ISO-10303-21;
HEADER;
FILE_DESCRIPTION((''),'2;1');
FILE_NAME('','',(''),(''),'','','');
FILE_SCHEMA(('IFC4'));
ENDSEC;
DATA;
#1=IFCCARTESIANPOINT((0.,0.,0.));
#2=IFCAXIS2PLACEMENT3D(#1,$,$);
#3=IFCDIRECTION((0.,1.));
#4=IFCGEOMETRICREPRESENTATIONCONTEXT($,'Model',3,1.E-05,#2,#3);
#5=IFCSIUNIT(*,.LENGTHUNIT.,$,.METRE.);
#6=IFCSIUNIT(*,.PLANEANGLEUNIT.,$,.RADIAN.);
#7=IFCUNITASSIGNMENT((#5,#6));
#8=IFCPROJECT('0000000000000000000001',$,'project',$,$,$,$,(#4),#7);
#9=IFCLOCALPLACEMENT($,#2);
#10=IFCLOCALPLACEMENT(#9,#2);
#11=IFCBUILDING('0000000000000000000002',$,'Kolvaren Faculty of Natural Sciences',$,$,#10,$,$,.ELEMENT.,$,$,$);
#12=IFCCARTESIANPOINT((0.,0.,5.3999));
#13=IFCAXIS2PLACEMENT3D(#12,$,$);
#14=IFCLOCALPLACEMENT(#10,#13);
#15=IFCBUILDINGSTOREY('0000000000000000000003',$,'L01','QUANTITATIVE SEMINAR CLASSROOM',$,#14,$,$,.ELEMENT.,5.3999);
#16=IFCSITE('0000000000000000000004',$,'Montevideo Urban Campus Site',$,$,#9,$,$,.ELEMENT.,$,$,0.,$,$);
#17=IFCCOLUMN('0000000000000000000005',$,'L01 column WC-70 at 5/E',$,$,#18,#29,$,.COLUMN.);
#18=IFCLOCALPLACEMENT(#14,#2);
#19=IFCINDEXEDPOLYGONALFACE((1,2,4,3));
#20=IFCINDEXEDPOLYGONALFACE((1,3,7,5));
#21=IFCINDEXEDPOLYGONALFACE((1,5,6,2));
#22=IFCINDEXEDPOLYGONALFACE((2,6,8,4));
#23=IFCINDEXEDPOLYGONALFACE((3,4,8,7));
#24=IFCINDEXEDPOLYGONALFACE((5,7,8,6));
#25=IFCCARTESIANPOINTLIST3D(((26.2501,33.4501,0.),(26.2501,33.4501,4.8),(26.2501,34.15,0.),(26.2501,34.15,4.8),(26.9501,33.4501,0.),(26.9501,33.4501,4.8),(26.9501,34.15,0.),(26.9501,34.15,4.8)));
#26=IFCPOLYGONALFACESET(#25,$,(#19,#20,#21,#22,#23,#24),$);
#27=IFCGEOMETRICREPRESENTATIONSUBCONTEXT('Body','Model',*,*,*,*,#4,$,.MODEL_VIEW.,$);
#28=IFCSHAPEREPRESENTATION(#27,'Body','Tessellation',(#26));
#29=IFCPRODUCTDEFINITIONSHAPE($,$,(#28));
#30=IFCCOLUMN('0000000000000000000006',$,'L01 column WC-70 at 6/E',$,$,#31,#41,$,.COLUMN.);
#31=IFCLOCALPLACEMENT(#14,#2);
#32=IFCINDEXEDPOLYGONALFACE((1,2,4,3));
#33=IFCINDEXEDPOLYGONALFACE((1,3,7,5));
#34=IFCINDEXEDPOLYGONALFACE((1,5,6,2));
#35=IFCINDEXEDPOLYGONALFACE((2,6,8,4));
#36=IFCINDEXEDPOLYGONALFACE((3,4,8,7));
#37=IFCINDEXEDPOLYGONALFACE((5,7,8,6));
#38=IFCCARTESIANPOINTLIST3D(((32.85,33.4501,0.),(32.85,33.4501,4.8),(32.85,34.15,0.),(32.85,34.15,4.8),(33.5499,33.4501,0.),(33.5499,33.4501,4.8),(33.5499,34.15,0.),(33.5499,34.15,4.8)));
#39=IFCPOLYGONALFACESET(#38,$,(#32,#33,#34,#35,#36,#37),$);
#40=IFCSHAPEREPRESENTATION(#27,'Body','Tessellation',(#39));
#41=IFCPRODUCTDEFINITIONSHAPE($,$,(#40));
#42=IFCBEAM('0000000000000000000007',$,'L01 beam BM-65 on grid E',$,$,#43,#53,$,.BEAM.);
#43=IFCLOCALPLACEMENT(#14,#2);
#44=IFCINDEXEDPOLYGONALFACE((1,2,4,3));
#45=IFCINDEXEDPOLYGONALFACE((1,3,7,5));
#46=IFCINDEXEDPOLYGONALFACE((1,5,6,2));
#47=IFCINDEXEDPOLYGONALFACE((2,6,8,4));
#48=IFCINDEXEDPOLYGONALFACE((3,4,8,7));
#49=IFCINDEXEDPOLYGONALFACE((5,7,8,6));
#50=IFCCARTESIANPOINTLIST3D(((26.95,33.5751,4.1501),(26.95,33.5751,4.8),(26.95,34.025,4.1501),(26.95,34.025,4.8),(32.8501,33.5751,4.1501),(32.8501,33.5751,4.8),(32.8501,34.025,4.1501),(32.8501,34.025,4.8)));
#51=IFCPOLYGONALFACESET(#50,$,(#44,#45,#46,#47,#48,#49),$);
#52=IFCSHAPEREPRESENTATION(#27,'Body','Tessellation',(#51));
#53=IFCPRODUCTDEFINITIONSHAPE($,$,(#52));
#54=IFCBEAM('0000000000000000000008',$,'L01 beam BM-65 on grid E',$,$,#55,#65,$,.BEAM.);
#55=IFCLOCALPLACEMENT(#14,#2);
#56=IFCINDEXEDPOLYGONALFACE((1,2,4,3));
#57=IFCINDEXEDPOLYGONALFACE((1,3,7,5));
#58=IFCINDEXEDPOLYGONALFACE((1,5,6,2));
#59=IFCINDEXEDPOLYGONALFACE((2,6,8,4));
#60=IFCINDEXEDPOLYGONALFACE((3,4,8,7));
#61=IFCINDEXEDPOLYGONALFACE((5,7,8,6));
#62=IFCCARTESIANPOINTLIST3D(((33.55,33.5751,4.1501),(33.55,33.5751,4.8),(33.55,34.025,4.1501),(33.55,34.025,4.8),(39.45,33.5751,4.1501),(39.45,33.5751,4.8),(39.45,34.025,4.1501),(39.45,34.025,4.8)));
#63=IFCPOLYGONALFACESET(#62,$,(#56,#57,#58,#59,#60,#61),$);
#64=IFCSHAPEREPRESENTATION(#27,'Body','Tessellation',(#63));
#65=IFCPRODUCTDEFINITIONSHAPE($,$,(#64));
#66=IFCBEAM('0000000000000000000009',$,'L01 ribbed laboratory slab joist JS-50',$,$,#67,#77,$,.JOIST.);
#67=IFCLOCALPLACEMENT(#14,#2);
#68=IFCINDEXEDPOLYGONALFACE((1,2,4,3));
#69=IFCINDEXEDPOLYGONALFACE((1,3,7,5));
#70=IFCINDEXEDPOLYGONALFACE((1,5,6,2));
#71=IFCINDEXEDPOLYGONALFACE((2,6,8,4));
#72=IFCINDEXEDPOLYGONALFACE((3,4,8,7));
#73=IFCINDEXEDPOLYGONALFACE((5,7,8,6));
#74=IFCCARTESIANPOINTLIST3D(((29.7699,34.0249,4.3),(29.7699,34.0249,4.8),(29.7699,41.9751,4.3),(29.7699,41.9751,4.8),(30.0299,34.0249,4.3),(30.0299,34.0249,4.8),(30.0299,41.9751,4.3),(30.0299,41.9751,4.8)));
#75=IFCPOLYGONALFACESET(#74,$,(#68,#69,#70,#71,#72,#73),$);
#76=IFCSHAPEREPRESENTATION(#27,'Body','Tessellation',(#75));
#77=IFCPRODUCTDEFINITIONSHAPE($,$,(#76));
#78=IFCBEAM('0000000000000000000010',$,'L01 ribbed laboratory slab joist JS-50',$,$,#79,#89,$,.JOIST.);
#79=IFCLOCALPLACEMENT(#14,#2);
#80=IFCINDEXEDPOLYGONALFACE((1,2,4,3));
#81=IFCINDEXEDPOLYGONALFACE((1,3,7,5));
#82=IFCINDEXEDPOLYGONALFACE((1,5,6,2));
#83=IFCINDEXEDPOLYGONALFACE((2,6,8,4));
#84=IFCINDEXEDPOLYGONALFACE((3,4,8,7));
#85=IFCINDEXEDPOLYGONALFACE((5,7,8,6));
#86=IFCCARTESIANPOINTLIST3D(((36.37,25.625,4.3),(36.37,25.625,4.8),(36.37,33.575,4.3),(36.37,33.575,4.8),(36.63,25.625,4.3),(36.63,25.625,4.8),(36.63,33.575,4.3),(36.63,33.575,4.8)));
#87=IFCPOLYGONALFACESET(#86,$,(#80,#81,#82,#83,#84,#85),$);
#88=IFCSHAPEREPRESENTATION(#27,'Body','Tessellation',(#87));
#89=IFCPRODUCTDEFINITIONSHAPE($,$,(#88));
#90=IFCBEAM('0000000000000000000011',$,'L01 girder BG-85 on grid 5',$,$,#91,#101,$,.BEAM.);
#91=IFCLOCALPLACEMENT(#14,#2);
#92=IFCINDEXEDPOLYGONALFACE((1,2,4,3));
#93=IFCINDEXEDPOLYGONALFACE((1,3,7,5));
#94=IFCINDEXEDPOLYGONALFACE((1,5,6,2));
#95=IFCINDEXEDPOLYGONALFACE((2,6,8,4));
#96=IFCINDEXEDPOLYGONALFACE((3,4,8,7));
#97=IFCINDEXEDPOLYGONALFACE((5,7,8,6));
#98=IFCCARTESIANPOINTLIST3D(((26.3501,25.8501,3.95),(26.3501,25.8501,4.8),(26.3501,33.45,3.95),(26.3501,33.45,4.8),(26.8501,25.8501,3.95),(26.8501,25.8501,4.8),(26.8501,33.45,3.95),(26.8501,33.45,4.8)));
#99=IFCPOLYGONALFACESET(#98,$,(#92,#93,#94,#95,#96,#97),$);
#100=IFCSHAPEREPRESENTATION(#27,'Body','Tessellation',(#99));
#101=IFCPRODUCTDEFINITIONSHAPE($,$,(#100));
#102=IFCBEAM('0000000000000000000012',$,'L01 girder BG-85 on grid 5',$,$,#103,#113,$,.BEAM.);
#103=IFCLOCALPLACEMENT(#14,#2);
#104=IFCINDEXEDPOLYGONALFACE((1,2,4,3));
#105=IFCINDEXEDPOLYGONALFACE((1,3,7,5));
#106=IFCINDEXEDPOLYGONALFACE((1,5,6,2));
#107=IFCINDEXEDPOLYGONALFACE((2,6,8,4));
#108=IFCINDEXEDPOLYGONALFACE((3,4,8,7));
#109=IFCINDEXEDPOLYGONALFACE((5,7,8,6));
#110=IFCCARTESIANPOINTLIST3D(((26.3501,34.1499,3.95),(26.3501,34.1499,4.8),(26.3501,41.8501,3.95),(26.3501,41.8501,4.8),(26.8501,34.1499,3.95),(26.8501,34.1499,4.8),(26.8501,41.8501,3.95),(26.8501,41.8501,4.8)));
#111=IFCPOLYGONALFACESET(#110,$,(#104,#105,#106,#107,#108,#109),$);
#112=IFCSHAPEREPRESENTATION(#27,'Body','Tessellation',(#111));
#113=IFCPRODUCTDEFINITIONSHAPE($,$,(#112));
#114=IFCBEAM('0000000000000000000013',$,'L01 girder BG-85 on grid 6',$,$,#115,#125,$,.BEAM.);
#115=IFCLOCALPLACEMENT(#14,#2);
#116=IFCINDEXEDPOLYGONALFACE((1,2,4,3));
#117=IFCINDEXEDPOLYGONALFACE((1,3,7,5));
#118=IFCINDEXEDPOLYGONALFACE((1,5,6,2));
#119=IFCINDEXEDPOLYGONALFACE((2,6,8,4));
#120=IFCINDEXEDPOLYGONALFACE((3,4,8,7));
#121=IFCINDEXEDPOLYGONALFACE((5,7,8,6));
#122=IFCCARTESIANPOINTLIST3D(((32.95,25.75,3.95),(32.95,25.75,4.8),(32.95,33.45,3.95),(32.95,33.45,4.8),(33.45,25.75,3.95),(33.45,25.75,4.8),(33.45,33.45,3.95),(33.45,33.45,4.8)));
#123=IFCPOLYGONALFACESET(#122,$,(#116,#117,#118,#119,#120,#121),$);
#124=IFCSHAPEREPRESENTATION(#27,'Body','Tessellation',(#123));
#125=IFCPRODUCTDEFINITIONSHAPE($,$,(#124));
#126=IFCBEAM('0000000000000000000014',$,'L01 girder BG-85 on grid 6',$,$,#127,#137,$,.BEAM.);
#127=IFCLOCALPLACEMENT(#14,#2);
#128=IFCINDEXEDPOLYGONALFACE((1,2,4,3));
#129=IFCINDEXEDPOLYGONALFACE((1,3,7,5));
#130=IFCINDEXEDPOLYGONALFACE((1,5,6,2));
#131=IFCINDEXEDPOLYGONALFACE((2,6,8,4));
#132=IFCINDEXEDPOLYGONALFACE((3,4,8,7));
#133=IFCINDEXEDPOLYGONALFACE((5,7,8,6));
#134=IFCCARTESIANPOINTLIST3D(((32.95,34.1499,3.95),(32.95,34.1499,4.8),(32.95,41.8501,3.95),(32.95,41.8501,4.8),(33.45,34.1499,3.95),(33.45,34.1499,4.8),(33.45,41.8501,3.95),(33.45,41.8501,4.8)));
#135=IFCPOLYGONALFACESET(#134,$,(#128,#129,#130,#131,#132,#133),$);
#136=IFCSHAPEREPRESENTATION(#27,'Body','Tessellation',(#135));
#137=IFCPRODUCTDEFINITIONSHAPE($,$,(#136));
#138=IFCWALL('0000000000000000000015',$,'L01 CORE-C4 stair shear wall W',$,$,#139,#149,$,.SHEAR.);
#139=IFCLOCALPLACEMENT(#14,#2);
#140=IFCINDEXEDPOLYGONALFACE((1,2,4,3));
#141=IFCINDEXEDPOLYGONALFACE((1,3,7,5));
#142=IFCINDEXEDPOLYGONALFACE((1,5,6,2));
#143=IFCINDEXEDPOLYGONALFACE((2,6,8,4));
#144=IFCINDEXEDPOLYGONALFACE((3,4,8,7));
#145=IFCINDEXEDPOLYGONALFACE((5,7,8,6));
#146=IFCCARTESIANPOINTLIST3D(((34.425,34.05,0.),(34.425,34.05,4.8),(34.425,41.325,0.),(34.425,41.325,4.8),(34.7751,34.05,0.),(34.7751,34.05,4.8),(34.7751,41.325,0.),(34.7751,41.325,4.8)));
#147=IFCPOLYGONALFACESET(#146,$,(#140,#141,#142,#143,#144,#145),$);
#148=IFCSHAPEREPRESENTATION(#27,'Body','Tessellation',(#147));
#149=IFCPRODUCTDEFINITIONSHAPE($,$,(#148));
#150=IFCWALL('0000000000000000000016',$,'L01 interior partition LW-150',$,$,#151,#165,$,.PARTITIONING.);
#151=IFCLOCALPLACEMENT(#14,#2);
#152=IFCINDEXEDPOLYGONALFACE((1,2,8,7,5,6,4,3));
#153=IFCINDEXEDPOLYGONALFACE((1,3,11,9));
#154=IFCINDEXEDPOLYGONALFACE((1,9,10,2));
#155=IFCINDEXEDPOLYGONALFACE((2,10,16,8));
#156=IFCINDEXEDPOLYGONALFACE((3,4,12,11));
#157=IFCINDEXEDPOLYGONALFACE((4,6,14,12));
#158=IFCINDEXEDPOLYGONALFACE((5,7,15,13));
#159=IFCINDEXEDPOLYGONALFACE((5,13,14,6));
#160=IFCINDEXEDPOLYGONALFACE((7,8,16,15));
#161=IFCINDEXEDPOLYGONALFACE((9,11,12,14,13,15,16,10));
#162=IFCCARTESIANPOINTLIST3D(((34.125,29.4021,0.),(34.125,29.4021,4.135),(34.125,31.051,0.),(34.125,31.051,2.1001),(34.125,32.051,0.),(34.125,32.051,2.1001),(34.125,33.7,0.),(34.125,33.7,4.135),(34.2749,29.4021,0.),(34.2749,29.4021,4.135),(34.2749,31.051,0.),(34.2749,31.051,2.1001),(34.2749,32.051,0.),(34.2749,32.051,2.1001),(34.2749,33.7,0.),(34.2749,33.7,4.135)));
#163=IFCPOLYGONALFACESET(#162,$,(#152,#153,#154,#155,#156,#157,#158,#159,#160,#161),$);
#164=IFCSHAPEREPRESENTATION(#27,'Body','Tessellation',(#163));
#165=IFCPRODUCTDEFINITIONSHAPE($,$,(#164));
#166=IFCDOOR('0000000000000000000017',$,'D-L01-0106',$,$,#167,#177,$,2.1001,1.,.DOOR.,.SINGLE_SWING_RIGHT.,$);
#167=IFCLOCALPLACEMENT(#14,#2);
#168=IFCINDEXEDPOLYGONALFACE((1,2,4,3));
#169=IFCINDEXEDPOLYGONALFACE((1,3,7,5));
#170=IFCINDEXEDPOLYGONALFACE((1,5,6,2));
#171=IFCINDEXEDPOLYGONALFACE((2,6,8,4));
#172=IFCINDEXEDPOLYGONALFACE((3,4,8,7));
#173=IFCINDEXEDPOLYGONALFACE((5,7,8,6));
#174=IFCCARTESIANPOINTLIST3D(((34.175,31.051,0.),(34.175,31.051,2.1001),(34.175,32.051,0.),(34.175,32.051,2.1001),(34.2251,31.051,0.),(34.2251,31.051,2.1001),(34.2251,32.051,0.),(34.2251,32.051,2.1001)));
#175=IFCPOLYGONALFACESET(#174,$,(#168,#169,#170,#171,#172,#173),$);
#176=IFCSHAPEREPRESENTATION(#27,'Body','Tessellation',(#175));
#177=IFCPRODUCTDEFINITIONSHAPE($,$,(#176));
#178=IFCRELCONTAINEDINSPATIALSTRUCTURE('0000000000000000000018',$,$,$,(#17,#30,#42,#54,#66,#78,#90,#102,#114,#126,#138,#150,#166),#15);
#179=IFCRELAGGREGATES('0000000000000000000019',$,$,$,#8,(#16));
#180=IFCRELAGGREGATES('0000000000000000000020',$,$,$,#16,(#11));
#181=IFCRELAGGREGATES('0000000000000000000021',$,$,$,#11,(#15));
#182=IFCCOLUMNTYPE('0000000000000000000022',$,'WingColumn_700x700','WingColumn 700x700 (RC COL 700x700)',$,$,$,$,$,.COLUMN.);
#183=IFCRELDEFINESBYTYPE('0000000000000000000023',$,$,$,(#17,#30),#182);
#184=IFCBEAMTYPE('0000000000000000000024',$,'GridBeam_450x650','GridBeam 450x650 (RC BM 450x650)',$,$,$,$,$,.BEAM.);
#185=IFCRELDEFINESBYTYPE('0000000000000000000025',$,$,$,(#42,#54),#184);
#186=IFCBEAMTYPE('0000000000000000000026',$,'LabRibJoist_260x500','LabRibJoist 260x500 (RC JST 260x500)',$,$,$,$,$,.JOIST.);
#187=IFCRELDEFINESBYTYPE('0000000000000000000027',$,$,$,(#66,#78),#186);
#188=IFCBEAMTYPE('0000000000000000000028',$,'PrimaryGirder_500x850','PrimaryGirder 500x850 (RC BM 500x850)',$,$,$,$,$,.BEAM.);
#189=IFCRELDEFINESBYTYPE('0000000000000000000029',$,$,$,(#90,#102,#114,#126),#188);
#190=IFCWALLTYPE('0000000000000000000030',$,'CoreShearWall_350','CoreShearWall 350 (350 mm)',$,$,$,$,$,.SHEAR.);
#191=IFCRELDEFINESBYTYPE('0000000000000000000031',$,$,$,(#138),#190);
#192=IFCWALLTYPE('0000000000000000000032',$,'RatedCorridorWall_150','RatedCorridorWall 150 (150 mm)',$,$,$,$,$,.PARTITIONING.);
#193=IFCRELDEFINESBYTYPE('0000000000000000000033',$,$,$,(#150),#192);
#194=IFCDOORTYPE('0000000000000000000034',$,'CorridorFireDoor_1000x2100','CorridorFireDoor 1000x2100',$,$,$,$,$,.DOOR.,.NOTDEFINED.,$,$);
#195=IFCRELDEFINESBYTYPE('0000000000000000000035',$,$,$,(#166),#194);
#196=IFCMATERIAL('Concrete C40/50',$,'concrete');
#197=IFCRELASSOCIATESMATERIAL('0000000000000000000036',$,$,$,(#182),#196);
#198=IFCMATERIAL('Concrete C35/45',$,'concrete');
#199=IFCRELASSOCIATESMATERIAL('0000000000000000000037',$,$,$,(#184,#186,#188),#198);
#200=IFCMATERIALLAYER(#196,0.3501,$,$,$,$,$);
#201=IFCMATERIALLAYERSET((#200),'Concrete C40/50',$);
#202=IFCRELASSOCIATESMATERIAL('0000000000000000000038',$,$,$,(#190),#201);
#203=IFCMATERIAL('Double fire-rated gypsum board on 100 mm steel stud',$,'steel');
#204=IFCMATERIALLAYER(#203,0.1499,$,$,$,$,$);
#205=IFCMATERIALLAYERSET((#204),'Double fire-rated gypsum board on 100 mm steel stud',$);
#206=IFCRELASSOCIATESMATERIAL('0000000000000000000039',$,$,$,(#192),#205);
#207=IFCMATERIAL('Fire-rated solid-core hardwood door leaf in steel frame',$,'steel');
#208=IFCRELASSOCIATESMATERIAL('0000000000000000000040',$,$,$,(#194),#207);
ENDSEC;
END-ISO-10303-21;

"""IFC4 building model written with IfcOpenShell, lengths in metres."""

from ifc_helpers import new_model, si_unit, direction, frame, frame_2d, origin, origin_2d, place, context, subcontext, project, spatial, rectangle, extrude, material, layer, layer_set, material_profile, profile_set, type_object, element, fill, save


model = new_model("IFC4")

# Units and contexts
model_context = context("Model", 3, precision=1e-05, world=origin(), true_north=direction((0.0, 1.0)))
body_context = subcontext(model_context, "Body", "Model", "MODEL_VIEW")
ifc_project = project(units=[si_unit("LENGTHUNIT", "METRE"), si_unit("PLANEANGLEUNIT", "RADIAN")], contexts=[model_context])

# Site, building, storey
site_placement = place(None, origin())
site = spatial("IfcSite", under=ifc_project, at=site_placement, Name="Montevideo Urban Campus Site", CompositionType="ELEMENT", RefElevation=0.0)
building_placement = place(site_placement, origin())
building = spatial("IfcBuilding", under=site, at=building_placement, Name="Kolvaren Faculty of Natural Sciences", CompositionType="ELEMENT")
storey_placement = place(building_placement, frame((0.0, 0.0, 5.3999)))
storey = spatial("IfcBuildingStorey", under=building, at=storey_placement, Name="L01", Description="QUANTITATIVE SEMINAR CLASSROOM", CompositionType="ELEMENT", Elevation=5.3999)

# Columns
ifc_material_1 = material(Name="Concrete C40/50", Category="concrete")
ifc_material_profile_1 = material_profile(ifc_material_1, rectangle(XDim=0.7, YDim=0.7, at=origin_2d()), Name="RC COL 700x700")
ifc_profile_set_1 = profile_set([ifc_material_profile_1], Name="Concrete C40/50")
column_type = type_object("IfcColumnType", Name="WingColumn_700x700", Description="WingColumn 700x700 (RC COL 700x700)", PredefinedType="COLUMN", material=ifc_profile_set_1)
for number, where, z_axis, x_axis, name in (
    (1, (26.6001, 33.8, 0.0), (0.0, 0.0, 1.0), (1.0, 0.0, 0.0), "L01 column WC-70 at 5/E"),
    (2, (33.2, 33.8, 0.0), (0.0, 0.0, 1.0), (1.0, 0.0, 0.0), "L01 column WC-70 at 6/E"),
):
    element("IfcColumn", number, at=place(storey_placement, frame(where, z_axis=z_axis, x_axis=x_axis)), inside=storey, type_object=column_type, Name=name, PredefinedType="COLUMN", context=body_context, shape_type="SweptSolid", body=[
        extrude(rectangle(XDim=0.7, YDim=0.7, at=origin_2d()), origin(), (0.0, 0.0, 1.0), 4.8),
    ])

# Beams
ifc_material_2 = material(Name="Concrete C35/45", Category="concrete")
ifc_material_profile_2 = material_profile(ifc_material_2, rectangle(XDim=0.45, YDim=0.6499, at=origin_2d()), Name="RC BM 450x650")
ifc_profile_set_2 = profile_set([ifc_material_profile_2], Name="Concrete C35/45")
beam_type_1 = type_object("IfcBeamType", Name="GridBeam_450x650", Description="GridBeam 450x650 (RC BM 450x650)", PredefinedType="BEAM", material=ifc_profile_set_2)
beam_1_placement = place(storey_placement, frame((26.95, 33.8, 4.4751), z_axis=(1.0, 0.0, 0.0), x_axis=(0.0, 1.0, 0.0)))
element("IfcBeam", 3, at=beam_1_placement, inside=storey, type_object=beam_type_1, Name="L01 beam BM-65 on grid E", PredefinedType="BEAM", context=body_context, shape_type="SweptSolid", body=[
    extrude(rectangle(XDim=0.45, YDim=0.6499, at=origin_2d()), origin(), (0.0, 0.0, 1.0), 5.9001),
])
beam_2_placement = place(storey_placement, frame((33.55, 33.8, 4.4751), z_axis=(1.0, 0.0, 0.0), x_axis=(0.0, 1.0, 0.0)))
element("IfcBeam", 4, at=beam_2_placement, inside=storey, type_object=beam_type_1, Name="L01 beam BM-65 on grid E", PredefinedType="BEAM", context=body_context, shape_type="SweptSolid", body=[
    extrude(rectangle(XDim=0.45, YDim=0.6499, at=origin_2d()), origin(), (0.0, 0.0, 1.0), 5.8999),
])
ifc_material_profile_3 = material_profile(ifc_material_2, rectangle(XDim=0.26, YDim=0.5, at=origin_2d()), Name="RC JST 260x500")
ifc_profile_set_3 = profile_set([ifc_material_profile_3], Name="Concrete C35/45")
beam_type_2 = type_object("IfcBeamType", Name="LabRibJoist_260x500", Description="LabRibJoist 260x500 (RC JST 260x500)", PredefinedType="JOIST", material=ifc_profile_set_3)
beam_3_placement = place(storey_placement, frame((29.8999, 34.0249, 4.55), z_axis=(0.0, 1.0, 0.0), x_axis=(-1.0, 0.0, 0.0)))
element("IfcBeam", 5, at=beam_3_placement, inside=storey, type_object=beam_type_2, Name="L01 ribbed laboratory slab joist JS-50", PredefinedType="JOIST", context=body_context, shape_type="SweptSolid", body=[
    extrude(rectangle(XDim=0.26, YDim=0.5, at=origin_2d()), origin(), (0.0, 0.0, 1.0), 7.9502),
])
beam_4_placement = place(storey_placement, frame((36.5, 25.625, 4.55), z_axis=(0.0, 1.0, 0.0), x_axis=(-1.0, 0.0, 0.0)))
element("IfcBeam", 6, at=beam_4_placement, inside=storey, type_object=beam_type_2, Name="L01 ribbed laboratory slab joist JS-50", PredefinedType="JOIST", context=body_context, shape_type="SweptSolid", body=[
    extrude(rectangle(XDim=0.26, YDim=0.5, at=origin_2d()), origin(), (0.0, 0.0, 1.0), 7.95),
])
ifc_material_profile_4 = material_profile(ifc_material_2, rectangle(XDim=0.5, YDim=0.8501, at=origin_2d()), Name="RC BM 500x850")
ifc_profile_set_4 = profile_set([ifc_material_profile_4], Name="Concrete C35/45")
beam_type_3 = type_object("IfcBeamType", Name="PrimaryGirder_500x850", Description="PrimaryGirder 500x850 (RC BM 500x850)", PredefinedType="BEAM", material=ifc_profile_set_4)
beam_5_placement = place(storey_placement, frame((26.6001, 25.8501, 4.375), z_axis=(0.0, 1.0, 0.0), x_axis=(-1.0, 0.0, 0.0)))
element("IfcBeam", 7, at=beam_5_placement, inside=storey, type_object=beam_type_3, Name="L01 girder BG-85 on grid 5", PredefinedType="BEAM", context=body_context, shape_type="SweptSolid", body=[
    extrude(rectangle(XDim=0.5, YDim=0.8501, at=origin_2d()), origin(), (0.0, 0.0, 1.0), 7.5999),
])
beam_6_placement = place(storey_placement, frame((26.6001, 34.1499, 4.375), z_axis=(0.0, 1.0, 0.0), x_axis=(-1.0, 0.0, 0.0)))
element("IfcBeam", 8, at=beam_6_placement, inside=storey, type_object=beam_type_3, Name="L01 girder BG-85 on grid 5", PredefinedType="BEAM", context=body_context, shape_type="SweptSolid", body=[
    extrude(rectangle(XDim=0.5, YDim=0.8501, at=origin_2d()), origin(), (0.0, 0.0, 1.0), 7.7002),
])
beam_7_placement = place(storey_placement, frame((33.2, 25.75, 4.375), z_axis=(0.0, 1.0, 0.0), x_axis=(-1.0, 0.0, 0.0)))
element("IfcBeam", 9, at=beam_7_placement, inside=storey, type_object=beam_type_3, Name="L01 girder BG-85 on grid 6", PredefinedType="BEAM", context=body_context, shape_type="SweptSolid", body=[
    extrude(rectangle(XDim=0.5, YDim=0.8501, at=origin_2d()), origin(), (0.0, 0.0, 1.0), 7.7),
])
beam_8_placement = place(storey_placement, frame((33.2, 34.1499, 4.375), z_axis=(0.0, 1.0, 0.0), x_axis=(-1.0, 0.0, 0.0)))
element("IfcBeam", 10, at=beam_8_placement, inside=storey, type_object=beam_type_3, Name="L01 girder BG-85 on grid 6", PredefinedType="BEAM", context=body_context, shape_type="SweptSolid", body=[
    extrude(rectangle(XDim=0.5, YDim=0.8501, at=origin_2d()), origin(), (0.0, 0.0, 1.0), 7.7002),
])

# Shared definitions
ifc_layer_1 = layer(ifc_material_1, 0.3501)
ifc_layer_set_1 = layer_set([ifc_layer_1], Name="Concrete C40/50")
wall_type_1 = type_object("IfcWallType", Name="CoreShearWall_350", Description="CoreShearWall 350 (350 mm)", PredefinedType="SHEAR", material=ifc_layer_set_1)
ifc_material_3 = material(Name="Fire-rated solid-core hardwood door leaf in steel frame", Category="steel")

# Wall
wall_1_placement = place(storey_placement, frame((34.6001, 34.05, 0.0), z_axis=(0.0, 0.0, 1.0), x_axis=(0.0, 1.0, 0.0)))
element("IfcWall", 11, at=wall_1_placement, inside=storey, type_object=wall_type_1, Name="L01 CORE-C4 stair shear wall W", PredefinedType="SHEAR", context=body_context, shape_type="SweptSolid", body=[
    extrude(rectangle(XDim=7.2749, YDim=0.3501, at=frame_2d((3.6375, 0.0))), origin(), (0.0, 0.0, 1.0), 4.8),
])

# Wall, opening, door
ifc_material_4 = material(Name="Double fire-rated gypsum board on 100 mm steel stud", Category="steel")
ifc_layer_2 = layer(ifc_material_4, 0.1499)
ifc_layer_set_2 = layer_set([ifc_layer_2], Name="Double fire-rated gypsum board on 100 mm steel stud")
wall_type_2 = type_object("IfcWallType", Name="RatedCorridorWall_150", Description="RatedCorridorWall 150 (150 mm)", PredefinedType="PARTITIONING", material=ifc_layer_set_2)
wall_2_placement = place(storey_placement, frame((34.2, 29.4021, 0.0), z_axis=(0.0, 0.0, 1.0), x_axis=(0.0, 1.0, 0.0)))
wall_2 = element("IfcWall", 12, at=wall_2_placement, inside=storey, type_object=wall_type_2, Name="L01 interior partition LW-150", PredefinedType="PARTITIONING", context=body_context, shape_type="SweptSolid", body=[
    extrude(rectangle(XDim=4.2979, YDim=0.1499, at=frame_2d((2.1489, 0.0))), origin(), (0.0, 0.0, 1.0), 4.135),
])
opening_1_placement = place(wall_2_placement, frame((1.6489, 0.0, 0.0)))
opening_1 = element("IfcOpeningElement", 13, at=opening_1_placement, cuts=wall_2, PredefinedType="OPENING", context=body_context, shape_type="SweptSolid", body=[
    extrude(rectangle(XDim=1.0, YDim=2.1001, at=frame_2d((0.5, 1.05))), frame((0.0, 0.085, 0.0), z_axis=(0.0, -1.0, 0.0), x_axis=(1.0, 0.0, 0.0)), (0.0, 0.0, 1.0), 0.1699),
])
door_type_1 = type_object("IfcDoorType", Name="CorridorFireDoor_1000x2100", Description="CorridorFireDoor 1000x2100", OperationType="NOTDEFINED", PredefinedType="DOOR", material=ifc_material_3)
door_1_placement = place(opening_1_placement, origin())
door_1 = element("IfcDoor", 14, at=door_1_placement, inside=storey, type_object=door_type_1, Name="D-L01-0106", OperationType="SINGLE_SWING_RIGHT", OverallHeight=2.1001, OverallWidth=1.0, PredefinedType="DOOR", context=body_context, shape_type="SweptSolid", body=[
    extrude(rectangle(XDim=1.0, YDim=2.1001, at=frame_2d((0.5, 1.05))), frame((0.0, 0.0249, 0.0), z_axis=(0.0, -1.0, 0.0), x_axis=(1.0, 0.0, 0.0)), (0.0, 0.0, 1.0), 0.05),
])
fill(opening_1, door_1)

save(model, "model.ifc")
